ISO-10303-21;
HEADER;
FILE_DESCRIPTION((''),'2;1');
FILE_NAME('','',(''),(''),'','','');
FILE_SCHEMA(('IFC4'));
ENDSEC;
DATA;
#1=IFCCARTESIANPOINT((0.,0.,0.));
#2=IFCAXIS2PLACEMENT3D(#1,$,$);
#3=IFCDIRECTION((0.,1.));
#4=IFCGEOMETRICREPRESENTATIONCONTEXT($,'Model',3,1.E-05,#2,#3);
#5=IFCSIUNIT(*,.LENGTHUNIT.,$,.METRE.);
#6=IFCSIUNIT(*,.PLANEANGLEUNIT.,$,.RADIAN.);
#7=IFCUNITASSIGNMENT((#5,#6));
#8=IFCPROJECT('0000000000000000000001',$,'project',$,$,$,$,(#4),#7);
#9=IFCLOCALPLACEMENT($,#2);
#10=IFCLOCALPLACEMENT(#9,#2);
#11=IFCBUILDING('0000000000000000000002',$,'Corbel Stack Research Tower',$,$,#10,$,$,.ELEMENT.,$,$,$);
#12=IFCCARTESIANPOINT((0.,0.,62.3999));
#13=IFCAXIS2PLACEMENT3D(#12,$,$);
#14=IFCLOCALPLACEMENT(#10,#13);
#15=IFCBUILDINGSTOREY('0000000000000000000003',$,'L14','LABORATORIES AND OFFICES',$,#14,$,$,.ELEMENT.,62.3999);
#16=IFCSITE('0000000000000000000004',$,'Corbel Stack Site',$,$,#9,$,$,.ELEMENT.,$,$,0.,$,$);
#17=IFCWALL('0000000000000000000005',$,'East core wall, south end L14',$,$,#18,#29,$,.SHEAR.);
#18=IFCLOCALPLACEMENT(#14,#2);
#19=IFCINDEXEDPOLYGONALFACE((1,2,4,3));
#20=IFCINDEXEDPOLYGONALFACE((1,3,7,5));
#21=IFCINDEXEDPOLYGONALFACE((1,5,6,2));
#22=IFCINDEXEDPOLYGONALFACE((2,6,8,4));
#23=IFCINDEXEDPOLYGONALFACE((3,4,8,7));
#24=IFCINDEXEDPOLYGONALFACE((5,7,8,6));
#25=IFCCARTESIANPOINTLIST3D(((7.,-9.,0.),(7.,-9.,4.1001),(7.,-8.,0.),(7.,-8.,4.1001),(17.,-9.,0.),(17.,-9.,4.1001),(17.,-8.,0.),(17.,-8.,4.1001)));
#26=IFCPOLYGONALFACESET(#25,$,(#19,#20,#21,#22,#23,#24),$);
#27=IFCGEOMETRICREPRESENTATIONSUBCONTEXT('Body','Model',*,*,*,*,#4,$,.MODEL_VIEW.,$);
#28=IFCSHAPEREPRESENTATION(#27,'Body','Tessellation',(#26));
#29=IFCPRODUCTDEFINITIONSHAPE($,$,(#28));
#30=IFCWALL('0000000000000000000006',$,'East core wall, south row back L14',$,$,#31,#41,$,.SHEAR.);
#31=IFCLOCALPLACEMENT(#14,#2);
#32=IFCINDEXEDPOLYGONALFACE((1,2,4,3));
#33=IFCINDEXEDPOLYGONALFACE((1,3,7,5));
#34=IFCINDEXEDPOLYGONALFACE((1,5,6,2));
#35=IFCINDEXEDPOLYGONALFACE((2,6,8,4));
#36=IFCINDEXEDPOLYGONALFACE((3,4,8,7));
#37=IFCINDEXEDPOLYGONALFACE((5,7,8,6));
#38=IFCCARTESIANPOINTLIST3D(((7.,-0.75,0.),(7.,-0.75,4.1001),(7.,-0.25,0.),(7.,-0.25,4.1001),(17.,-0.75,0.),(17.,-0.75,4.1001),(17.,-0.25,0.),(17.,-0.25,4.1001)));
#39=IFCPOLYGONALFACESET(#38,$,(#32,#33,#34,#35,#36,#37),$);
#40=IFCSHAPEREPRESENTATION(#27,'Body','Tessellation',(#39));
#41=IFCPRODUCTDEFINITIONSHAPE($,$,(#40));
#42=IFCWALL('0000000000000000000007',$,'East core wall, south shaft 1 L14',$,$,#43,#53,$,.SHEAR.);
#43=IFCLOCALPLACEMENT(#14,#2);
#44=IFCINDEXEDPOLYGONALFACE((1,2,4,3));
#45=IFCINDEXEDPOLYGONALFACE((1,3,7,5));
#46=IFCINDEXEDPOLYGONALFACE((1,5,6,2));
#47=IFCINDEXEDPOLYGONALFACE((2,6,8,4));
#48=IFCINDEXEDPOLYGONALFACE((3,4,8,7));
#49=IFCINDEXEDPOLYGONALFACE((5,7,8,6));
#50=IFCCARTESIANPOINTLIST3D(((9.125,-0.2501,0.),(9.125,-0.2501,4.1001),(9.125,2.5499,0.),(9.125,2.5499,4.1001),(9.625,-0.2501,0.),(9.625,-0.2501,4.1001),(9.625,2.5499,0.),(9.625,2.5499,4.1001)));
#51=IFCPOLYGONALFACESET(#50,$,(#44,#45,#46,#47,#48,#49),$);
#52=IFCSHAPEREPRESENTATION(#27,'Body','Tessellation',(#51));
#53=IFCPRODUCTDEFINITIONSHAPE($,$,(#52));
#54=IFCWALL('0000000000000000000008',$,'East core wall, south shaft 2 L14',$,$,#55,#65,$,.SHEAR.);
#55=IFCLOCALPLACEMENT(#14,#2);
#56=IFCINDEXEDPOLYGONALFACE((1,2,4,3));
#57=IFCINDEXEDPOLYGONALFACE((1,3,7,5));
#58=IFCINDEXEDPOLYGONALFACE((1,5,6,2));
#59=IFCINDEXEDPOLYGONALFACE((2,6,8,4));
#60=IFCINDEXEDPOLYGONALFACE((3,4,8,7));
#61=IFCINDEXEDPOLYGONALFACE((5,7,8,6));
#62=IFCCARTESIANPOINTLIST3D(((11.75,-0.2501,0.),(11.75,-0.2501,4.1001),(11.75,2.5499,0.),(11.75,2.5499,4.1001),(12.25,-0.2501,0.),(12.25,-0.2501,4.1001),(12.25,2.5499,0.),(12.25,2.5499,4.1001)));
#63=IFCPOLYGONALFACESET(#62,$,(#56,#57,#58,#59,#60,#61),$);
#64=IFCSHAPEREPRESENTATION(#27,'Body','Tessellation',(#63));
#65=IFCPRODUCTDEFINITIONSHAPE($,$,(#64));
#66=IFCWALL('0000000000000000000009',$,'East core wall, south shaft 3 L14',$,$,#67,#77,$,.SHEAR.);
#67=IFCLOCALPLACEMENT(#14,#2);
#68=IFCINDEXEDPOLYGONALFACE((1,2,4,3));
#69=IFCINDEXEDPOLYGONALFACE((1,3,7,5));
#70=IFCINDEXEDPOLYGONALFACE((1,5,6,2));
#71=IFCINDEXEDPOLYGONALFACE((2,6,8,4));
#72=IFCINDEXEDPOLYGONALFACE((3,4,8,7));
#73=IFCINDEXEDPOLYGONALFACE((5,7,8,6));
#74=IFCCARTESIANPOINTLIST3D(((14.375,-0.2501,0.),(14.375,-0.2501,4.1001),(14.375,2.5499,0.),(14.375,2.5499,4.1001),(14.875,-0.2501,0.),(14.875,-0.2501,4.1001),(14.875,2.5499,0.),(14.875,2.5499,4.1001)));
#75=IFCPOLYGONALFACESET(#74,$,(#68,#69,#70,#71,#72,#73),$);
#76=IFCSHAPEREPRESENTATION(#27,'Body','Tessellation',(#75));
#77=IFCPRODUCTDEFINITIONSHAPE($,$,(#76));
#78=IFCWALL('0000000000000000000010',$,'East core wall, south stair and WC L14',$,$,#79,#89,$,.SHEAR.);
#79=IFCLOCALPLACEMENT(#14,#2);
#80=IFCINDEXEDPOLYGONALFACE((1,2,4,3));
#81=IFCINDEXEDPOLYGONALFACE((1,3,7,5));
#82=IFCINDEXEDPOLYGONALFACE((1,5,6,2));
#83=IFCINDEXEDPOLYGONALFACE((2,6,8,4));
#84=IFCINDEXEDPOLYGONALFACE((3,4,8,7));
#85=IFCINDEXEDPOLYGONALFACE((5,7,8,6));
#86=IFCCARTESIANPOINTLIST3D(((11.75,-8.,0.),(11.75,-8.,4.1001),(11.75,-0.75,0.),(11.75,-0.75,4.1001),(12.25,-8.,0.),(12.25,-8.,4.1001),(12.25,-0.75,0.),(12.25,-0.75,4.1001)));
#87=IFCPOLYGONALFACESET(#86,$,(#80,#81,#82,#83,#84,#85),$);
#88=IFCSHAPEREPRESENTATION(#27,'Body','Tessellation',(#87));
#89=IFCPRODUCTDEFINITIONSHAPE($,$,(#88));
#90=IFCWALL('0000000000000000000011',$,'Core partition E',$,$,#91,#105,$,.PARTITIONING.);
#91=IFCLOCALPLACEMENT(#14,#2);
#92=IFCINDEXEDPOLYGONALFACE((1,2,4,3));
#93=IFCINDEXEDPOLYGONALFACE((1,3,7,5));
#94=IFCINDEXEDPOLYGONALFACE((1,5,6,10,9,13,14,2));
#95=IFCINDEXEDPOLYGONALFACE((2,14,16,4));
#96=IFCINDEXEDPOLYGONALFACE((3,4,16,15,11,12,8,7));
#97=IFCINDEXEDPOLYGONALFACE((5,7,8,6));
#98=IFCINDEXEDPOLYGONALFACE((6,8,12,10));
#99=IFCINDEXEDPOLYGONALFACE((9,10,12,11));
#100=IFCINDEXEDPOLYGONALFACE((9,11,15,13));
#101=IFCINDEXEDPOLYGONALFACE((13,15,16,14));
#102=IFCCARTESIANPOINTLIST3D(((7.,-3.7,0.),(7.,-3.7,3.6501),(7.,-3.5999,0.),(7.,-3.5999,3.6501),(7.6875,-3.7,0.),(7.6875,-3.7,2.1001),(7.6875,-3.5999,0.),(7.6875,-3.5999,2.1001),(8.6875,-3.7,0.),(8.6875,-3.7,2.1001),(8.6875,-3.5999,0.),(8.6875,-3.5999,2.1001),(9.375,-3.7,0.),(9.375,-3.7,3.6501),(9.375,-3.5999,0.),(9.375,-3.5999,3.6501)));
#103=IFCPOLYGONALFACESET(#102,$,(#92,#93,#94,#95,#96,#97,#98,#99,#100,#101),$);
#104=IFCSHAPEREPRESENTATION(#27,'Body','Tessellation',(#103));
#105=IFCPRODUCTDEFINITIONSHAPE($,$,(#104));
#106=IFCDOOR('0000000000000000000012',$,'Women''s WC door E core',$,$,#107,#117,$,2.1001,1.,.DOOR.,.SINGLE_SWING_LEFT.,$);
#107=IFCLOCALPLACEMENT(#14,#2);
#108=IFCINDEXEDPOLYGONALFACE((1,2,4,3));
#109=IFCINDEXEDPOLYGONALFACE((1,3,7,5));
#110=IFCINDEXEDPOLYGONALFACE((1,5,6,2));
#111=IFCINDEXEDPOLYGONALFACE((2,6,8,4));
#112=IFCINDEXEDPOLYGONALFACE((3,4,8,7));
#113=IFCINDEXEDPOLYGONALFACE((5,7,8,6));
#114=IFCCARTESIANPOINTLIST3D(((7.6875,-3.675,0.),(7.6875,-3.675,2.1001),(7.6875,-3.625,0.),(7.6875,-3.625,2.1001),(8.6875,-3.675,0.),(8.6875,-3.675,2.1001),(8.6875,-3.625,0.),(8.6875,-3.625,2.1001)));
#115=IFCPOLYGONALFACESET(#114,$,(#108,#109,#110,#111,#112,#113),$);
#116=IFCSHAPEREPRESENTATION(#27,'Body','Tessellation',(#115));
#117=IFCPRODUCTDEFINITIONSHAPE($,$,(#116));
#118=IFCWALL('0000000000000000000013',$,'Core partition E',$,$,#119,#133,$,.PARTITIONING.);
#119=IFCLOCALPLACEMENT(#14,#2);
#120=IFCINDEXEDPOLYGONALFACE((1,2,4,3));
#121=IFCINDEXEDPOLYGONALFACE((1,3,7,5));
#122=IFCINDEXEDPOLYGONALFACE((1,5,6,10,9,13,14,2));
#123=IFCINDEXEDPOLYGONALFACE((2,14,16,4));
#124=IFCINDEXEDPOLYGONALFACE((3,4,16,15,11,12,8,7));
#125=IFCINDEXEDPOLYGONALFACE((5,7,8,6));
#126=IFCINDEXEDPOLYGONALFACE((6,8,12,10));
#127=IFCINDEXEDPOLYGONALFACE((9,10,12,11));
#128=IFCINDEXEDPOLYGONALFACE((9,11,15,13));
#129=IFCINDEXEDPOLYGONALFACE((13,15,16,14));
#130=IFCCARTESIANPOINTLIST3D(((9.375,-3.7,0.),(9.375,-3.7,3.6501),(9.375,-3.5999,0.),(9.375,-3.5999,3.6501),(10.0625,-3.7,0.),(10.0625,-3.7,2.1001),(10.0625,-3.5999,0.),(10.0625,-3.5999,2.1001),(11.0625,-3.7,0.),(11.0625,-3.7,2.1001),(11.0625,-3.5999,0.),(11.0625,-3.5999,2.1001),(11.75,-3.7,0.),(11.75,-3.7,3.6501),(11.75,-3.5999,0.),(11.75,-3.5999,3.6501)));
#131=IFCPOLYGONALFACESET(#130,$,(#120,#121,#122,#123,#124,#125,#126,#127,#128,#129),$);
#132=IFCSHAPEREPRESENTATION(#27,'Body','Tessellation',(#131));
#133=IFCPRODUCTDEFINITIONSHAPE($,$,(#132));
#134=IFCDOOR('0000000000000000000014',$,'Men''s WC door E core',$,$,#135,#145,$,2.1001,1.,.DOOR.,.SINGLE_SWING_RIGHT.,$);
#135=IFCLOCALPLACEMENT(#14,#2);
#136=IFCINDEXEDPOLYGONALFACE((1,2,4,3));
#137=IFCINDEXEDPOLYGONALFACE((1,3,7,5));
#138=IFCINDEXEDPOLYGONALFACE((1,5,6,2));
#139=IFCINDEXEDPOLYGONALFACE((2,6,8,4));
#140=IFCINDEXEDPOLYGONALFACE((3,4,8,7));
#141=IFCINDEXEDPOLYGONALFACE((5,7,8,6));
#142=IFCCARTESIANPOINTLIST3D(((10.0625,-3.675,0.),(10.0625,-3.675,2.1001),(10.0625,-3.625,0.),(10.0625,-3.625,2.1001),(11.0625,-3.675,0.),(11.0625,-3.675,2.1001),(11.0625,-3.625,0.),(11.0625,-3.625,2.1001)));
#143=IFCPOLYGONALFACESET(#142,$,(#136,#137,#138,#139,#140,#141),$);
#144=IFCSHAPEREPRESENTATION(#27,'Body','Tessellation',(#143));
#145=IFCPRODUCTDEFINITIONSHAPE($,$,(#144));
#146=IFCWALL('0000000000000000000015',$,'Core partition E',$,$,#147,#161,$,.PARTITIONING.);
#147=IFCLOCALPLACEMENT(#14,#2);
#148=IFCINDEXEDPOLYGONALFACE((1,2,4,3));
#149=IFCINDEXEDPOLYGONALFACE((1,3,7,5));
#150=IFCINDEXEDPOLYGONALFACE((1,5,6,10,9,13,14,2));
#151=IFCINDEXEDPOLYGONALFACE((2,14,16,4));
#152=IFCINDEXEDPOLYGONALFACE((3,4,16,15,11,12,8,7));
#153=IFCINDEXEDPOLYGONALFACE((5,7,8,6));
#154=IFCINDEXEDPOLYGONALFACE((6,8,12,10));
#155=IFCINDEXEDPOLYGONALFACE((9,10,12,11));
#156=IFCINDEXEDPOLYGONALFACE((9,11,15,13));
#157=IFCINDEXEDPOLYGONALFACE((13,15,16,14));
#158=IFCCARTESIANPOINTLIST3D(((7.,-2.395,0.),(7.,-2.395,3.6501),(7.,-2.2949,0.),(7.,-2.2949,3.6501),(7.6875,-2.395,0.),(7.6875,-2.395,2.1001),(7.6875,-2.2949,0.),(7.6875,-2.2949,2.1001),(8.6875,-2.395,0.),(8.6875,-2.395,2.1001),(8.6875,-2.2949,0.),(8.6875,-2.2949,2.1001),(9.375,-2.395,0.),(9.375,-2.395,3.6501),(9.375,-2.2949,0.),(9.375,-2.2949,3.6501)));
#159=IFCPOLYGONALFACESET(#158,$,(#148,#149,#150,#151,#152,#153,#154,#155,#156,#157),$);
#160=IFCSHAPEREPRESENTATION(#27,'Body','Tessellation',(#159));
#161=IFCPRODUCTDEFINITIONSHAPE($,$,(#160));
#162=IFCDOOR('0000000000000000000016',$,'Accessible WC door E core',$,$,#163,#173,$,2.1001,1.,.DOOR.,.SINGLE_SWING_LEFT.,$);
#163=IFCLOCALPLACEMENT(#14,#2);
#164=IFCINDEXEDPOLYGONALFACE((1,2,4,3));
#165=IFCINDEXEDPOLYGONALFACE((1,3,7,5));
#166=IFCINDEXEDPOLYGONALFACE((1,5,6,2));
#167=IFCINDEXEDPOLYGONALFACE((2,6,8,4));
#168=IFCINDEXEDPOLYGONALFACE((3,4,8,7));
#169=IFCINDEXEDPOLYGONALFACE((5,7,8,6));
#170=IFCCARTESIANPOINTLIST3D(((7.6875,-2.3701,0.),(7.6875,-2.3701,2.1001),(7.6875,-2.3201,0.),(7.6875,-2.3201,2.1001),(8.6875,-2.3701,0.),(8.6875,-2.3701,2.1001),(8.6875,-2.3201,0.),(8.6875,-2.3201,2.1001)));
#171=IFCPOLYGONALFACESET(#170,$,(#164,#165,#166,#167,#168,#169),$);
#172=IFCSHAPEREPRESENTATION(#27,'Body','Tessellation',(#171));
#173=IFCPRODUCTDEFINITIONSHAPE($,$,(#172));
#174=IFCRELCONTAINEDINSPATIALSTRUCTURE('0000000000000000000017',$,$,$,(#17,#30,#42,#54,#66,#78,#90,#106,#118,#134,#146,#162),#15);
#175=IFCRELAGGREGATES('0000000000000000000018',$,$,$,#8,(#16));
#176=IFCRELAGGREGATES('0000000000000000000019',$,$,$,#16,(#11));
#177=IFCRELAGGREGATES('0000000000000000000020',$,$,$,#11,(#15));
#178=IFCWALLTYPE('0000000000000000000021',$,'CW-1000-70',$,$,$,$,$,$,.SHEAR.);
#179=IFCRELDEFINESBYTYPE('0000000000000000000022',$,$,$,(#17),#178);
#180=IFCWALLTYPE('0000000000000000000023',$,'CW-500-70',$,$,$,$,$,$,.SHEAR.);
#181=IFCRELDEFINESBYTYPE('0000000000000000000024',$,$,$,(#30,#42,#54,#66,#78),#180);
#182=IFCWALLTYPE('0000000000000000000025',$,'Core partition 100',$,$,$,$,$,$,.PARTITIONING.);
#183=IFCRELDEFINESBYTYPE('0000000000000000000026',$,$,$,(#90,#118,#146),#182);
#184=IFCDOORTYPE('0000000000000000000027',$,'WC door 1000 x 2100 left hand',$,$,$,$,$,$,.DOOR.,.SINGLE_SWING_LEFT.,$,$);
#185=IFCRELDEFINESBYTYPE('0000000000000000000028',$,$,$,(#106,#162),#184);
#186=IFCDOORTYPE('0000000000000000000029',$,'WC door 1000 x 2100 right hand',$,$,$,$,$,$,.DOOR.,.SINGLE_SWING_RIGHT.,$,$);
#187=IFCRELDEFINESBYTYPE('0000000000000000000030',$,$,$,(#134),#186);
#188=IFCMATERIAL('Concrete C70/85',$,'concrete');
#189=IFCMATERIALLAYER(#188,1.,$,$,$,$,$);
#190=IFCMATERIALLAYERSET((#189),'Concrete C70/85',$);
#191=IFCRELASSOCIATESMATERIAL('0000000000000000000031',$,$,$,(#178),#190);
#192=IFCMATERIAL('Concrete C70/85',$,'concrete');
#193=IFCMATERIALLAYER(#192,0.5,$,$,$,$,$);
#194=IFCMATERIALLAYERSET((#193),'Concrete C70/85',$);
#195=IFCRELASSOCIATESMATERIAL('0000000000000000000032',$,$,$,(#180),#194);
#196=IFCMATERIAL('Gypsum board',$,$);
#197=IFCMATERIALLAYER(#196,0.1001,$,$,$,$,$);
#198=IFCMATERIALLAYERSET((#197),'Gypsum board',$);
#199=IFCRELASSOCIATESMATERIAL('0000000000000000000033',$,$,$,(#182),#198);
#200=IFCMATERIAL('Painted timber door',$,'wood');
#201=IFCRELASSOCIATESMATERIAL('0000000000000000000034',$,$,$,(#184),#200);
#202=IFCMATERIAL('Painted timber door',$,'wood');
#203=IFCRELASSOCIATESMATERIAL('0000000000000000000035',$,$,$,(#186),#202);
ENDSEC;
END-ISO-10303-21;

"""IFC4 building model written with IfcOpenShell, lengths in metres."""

from ifc_helpers import new_model, si_unit, direction, frame, frame_2d, origin, place, context, subcontext, project, spatial, rectangle, extrude, material, layer, layer_set, type_object, element, fill, save


model = new_model("IFC4")

# Units and contexts
model_context = context("Model", 3, precision=1e-05, world=origin(), true_north=direction((0.0, 1.0)))
body_context = subcontext(model_context, "Body", "Model", "MODEL_VIEW")
ifc_project = project(units=[si_unit("LENGTHUNIT", "METRE"), si_unit("PLANEANGLEUNIT", "RADIAN")], contexts=[model_context])

# Site, building, storey
site_placement = place(None, origin())
site = spatial("IfcSite", under=ifc_project, at=site_placement, Name="Corbel Stack Site", CompositionType="ELEMENT", RefElevation=0.0)
building_placement = place(site_placement, origin())
building = spatial("IfcBuilding", under=site, at=building_placement, Name="Corbel Stack Research Tower", CompositionType="ELEMENT")
storey_placement = place(building_placement, frame((0.0, 0.0, 62.3999)))
storey = spatial("IfcBuildingStorey", under=building, at=storey_placement, Name="L14", Description="LABORATORIES AND OFFICES", CompositionType="ELEMENT", Elevation=62.3999)

# Walls
ifc_material_1 = material(Name="Concrete C70/85", Category="concrete")
ifc_layer_1 = layer(ifc_material_1, 1.0)
ifc_layer_set_1 = layer_set([ifc_layer_1], Name="Concrete C70/85")
wall_type_1 = type_object("IfcWallType", Name="CW-1000-70", PredefinedType="SHEAR", material=ifc_layer_set_1)
wall_1_placement = place(storey_placement, frame((7.0, -8.5, 0.0), z_axis=(0.0, 0.0, 1.0), x_axis=(1.0, 0.0, 0.0)))
element("IfcWall", 1, at=wall_1_placement, inside=storey, type_object=wall_type_1, Name="East core wall, south end L14", PredefinedType="SHEAR", context=body_context, shape_type="SweptSolid", body=[
    extrude(rectangle(XDim=10.0, YDim=1.0, at=frame_2d((5.0, 0.0))), origin(), (0.0, 0.0, 1.0), 4.1001),
])
ifc_material_2 = material(Name="Concrete C70/85", Category="concrete")
ifc_layer_2 = layer(ifc_material_2, 0.5)
ifc_layer_set_2 = layer_set([ifc_layer_2], Name="Concrete C70/85")
wall_type_2 = type_object("IfcWallType", Name="CW-500-70", PredefinedType="SHEAR", material=ifc_layer_set_2)
wall_2_placement = place(storey_placement, frame((7.0, -0.5, 0.0), z_axis=(0.0, 0.0, 1.0), x_axis=(1.0, 0.0, 0.0)))
element("IfcWall", 2, at=wall_2_placement, inside=storey, type_object=wall_type_2, Name="East core wall, south row back L14", PredefinedType="SHEAR", context=body_context, shape_type="SweptSolid", body=[
    extrude(rectangle(XDim=10.0, YDim=0.5, at=frame_2d((5.0, 0.0))), origin(), (0.0, 0.0, 1.0), 4.1001),
])
for number, where, z_axis, x_axis, name in (
    (3, (9.375, -0.25, 0.0), (0.0, 0.0, 1.0), (0.0, 1.0, 0.0), "East core wall, south shaft 1 L14"),
    (4, (12.0, -0.25, 0.0), (0.0, 0.0, 1.0), (0.0, 1.0, 0.0), "East core wall, south shaft 2 L14"),
    (5, (14.625, -0.25, 0.0), (0.0, 0.0, 1.0), (0.0, 1.0, 0.0), "East core wall, south shaft 3 L14"),
):
    element("IfcWall", number, at=place(storey_placement, frame(where, z_axis=z_axis, x_axis=x_axis)), inside=storey, type_object=wall_type_2, Name=name, PredefinedType="SHEAR", context=body_context, shape_type="SweptSolid", body=[
        extrude(rectangle(XDim=2.8, YDim=0.5, at=frame_2d((1.3999, 0.0))), origin(), (0.0, 0.0, 1.0), 4.1001),
    ])
wall_3_placement = place(storey_placement, frame((12.0, -8.0, 0.0), z_axis=(0.0, 0.0, 1.0), x_axis=(0.0, 1.0, 0.0)))
element("IfcWall", 6, at=wall_3_placement, inside=storey, type_object=wall_type_2, Name="East core wall, south stair and WC L14", PredefinedType="SHEAR", context=body_context, shape_type="SweptSolid", body=[
    extrude(rectangle(XDim=7.25, YDim=0.5, at=frame_2d((3.625, 0.0))), origin(), (0.0, 0.0, 1.0), 4.1001),
])

# Walls, openings, doors
ifc_material_3 = material(Name="Gypsum board")
ifc_layer_3 = layer(ifc_material_3, 0.1001)
ifc_layer_set_3 = layer_set([ifc_layer_3], Name="Gypsum board")
wall_type_3 = type_object("IfcWallType", Name="Core partition 100", PredefinedType="PARTITIONING", material=ifc_layer_set_3)
wall_4_placement = place(storey_placement, frame((7.0, -3.6499, 0.0), z_axis=(0.0, 0.0, 1.0), x_axis=(1.0, 0.0, 0.0)))
wall_4 = element("IfcWall", 7, at=wall_4_placement, inside=storey, type_object=wall_type_3, Name="Core partition E", PredefinedType="PARTITIONING", context=body_context, shape_type="SweptSolid", body=[
    extrude(rectangle(XDim=2.375, YDim=0.1001, at=frame_2d((1.1875, 0.0))), origin(), (0.0, 0.0, 1.0), 3.6501),
])
opening_1_placement = place(wall_4_placement, frame((0.6875, 0.0, 0.0)))
opening_1 = element("IfcOpeningElement", 8, at=opening_1_placement, cuts=wall_4, PredefinedType="OPENING", context=body_context, shape_type="SweptSolid", body=[
    extrude(rectangle(XDim=1.0, YDim=2.1001, at=frame_2d((0.5, 1.05))), frame((0.0, 0.0601, 0.0), z_axis=(0.0, -1.0, 0.0), x_axis=(1.0, 0.0, 0.0)), (0.0, 0.0, 1.0), 0.1201),
])
ifc_material_4 = material(Name="Painted timber door", Category="wood")
door_type_1 = type_object("IfcDoorType", Name="WC door 1000 x 2100 left hand", OperationType="SINGLE_SWING_LEFT", PredefinedType="DOOR", material=ifc_material_4)
door_1_placement = place(opening_1_placement, origin())
door_1 = element("IfcDoor", 9, at=door_1_placement, inside=storey, type_object=door_type_1, Name="Women's WC door E core", OperationType="SINGLE_SWING_LEFT", OverallHeight=2.1001, OverallWidth=1.0, PredefinedType="DOOR", context=body_context, shape_type="SweptSolid", body=[
    extrude(rectangle(XDim=1.0, YDim=2.1001, at=frame_2d((0.5, 1.05))), frame((0.0, 0.0249, 0.0), z_axis=(0.0, -1.0, 0.0), x_axis=(1.0, 0.0, 0.0)), (0.0, 0.0, 1.0), 0.05),
])
fill(opening_1, door_1)
wall_5_placement = place(storey_placement, frame((9.375, -3.6499, 0.0), z_axis=(0.0, 0.0, 1.0), x_axis=(1.0, 0.0, 0.0)))
wall_5 = element("IfcWall", 10, at=wall_5_placement, inside=storey, type_object=wall_type_3, Name="Core partition E", PredefinedType="PARTITIONING", context=body_context, shape_type="SweptSolid", body=[
    extrude(rectangle(XDim=2.375, YDim=0.1001, at=frame_2d((1.1875, 0.0))), origin(), (0.0, 0.0, 1.0), 3.6501),
])
opening_2_placement = place(wall_5_placement, frame((0.6875, 0.0, 0.0)))
opening_2 = element("IfcOpeningElement", 11, at=opening_2_placement, cuts=wall_5, PredefinedType="OPENING", context=body_context, shape_type="SweptSolid", body=[
    extrude(rectangle(XDim=1.0, YDim=2.1001, at=frame_2d((0.5, 1.05))), frame((0.0, 0.0601, 0.0), z_axis=(0.0, -1.0, 0.0), x_axis=(1.0, 0.0, 0.0)), (0.0, 0.0, 1.0), 0.1201),
])
ifc_material_5 = material(Name="Painted timber door", Category="wood")
door_type_2 = type_object("IfcDoorType", Name="WC door 1000 x 2100 right hand", OperationType="SINGLE_SWING_RIGHT", PredefinedType="DOOR", material=ifc_material_5)
door_2_placement = place(opening_2_placement, origin())
door_2 = element("IfcDoor", 12, at=door_2_placement, inside=storey, type_object=door_type_2, Name="Men's WC door E core", OperationType="SINGLE_SWING_RIGHT", OverallHeight=2.1001, OverallWidth=1.0, PredefinedType="DOOR", context=body_context, shape_type="SweptSolid", body=[
    extrude(rectangle(XDim=1.0, YDim=2.1001, at=frame_2d((0.5, 1.05))), frame((0.0, 0.0249, 0.0), z_axis=(0.0, -1.0, 0.0), x_axis=(1.0, 0.0, 0.0)), (0.0, 0.0, 1.0), 0.05),
])
fill(opening_2, door_2)
wall_6_placement = place(storey_placement, frame((7.0, -2.345, 0.0), z_axis=(0.0, 0.0, 1.0), x_axis=(1.0, 0.0, 0.0)))
wall_6 = element("IfcWall", 13, at=wall_6_placement, inside=storey, type_object=wall_type_3, Name="Core partition E", PredefinedType="PARTITIONING", context=body_context, shape_type="SweptSolid", body=[
    extrude(rectangle(XDim=2.375, YDim=0.1001, at=frame_2d((1.1875, 0.0))), origin(), (0.0, 0.0, 1.0), 3.6501),
])
opening_3_placement = place(wall_6_placement, frame((0.6875, 0.0, 0.0)))
opening_3 = element("IfcOpeningElement", 14, at=opening_3_placement, cuts=wall_6, PredefinedType="OPENING", context=body_context, shape_type="SweptSolid", body=[
    extrude(rectangle(XDim=1.0, YDim=2.1001, at=frame_2d((0.5, 1.05))), frame((0.0, 0.0601, 0.0), z_axis=(0.0, -1.0, 0.0), x_axis=(1.0, 0.0, 0.0)), (0.0, 0.0, 1.0), 0.1201),
])
door_3_placement = place(opening_3_placement, origin())
door_3 = element("IfcDoor", 15, at=door_3_placement, inside=storey, type_object=door_type_1, Name="Accessible WC door E core", OperationType="SINGLE_SWING_LEFT", OverallHeight=2.1001, OverallWidth=1.0, PredefinedType="DOOR", context=body_context, shape_type="SweptSolid", body=[
    extrude(rectangle(XDim=1.0, YDim=2.1001, at=frame_2d((0.5, 1.05))), frame((0.0, 0.0249, 0.0), z_axis=(0.0, -1.0, 0.0), x_axis=(1.0, 0.0, 0.0)), (0.0, 0.0, 1.0), 0.05),
])
fill(opening_3, door_3)

save(model, "model.ifc")
